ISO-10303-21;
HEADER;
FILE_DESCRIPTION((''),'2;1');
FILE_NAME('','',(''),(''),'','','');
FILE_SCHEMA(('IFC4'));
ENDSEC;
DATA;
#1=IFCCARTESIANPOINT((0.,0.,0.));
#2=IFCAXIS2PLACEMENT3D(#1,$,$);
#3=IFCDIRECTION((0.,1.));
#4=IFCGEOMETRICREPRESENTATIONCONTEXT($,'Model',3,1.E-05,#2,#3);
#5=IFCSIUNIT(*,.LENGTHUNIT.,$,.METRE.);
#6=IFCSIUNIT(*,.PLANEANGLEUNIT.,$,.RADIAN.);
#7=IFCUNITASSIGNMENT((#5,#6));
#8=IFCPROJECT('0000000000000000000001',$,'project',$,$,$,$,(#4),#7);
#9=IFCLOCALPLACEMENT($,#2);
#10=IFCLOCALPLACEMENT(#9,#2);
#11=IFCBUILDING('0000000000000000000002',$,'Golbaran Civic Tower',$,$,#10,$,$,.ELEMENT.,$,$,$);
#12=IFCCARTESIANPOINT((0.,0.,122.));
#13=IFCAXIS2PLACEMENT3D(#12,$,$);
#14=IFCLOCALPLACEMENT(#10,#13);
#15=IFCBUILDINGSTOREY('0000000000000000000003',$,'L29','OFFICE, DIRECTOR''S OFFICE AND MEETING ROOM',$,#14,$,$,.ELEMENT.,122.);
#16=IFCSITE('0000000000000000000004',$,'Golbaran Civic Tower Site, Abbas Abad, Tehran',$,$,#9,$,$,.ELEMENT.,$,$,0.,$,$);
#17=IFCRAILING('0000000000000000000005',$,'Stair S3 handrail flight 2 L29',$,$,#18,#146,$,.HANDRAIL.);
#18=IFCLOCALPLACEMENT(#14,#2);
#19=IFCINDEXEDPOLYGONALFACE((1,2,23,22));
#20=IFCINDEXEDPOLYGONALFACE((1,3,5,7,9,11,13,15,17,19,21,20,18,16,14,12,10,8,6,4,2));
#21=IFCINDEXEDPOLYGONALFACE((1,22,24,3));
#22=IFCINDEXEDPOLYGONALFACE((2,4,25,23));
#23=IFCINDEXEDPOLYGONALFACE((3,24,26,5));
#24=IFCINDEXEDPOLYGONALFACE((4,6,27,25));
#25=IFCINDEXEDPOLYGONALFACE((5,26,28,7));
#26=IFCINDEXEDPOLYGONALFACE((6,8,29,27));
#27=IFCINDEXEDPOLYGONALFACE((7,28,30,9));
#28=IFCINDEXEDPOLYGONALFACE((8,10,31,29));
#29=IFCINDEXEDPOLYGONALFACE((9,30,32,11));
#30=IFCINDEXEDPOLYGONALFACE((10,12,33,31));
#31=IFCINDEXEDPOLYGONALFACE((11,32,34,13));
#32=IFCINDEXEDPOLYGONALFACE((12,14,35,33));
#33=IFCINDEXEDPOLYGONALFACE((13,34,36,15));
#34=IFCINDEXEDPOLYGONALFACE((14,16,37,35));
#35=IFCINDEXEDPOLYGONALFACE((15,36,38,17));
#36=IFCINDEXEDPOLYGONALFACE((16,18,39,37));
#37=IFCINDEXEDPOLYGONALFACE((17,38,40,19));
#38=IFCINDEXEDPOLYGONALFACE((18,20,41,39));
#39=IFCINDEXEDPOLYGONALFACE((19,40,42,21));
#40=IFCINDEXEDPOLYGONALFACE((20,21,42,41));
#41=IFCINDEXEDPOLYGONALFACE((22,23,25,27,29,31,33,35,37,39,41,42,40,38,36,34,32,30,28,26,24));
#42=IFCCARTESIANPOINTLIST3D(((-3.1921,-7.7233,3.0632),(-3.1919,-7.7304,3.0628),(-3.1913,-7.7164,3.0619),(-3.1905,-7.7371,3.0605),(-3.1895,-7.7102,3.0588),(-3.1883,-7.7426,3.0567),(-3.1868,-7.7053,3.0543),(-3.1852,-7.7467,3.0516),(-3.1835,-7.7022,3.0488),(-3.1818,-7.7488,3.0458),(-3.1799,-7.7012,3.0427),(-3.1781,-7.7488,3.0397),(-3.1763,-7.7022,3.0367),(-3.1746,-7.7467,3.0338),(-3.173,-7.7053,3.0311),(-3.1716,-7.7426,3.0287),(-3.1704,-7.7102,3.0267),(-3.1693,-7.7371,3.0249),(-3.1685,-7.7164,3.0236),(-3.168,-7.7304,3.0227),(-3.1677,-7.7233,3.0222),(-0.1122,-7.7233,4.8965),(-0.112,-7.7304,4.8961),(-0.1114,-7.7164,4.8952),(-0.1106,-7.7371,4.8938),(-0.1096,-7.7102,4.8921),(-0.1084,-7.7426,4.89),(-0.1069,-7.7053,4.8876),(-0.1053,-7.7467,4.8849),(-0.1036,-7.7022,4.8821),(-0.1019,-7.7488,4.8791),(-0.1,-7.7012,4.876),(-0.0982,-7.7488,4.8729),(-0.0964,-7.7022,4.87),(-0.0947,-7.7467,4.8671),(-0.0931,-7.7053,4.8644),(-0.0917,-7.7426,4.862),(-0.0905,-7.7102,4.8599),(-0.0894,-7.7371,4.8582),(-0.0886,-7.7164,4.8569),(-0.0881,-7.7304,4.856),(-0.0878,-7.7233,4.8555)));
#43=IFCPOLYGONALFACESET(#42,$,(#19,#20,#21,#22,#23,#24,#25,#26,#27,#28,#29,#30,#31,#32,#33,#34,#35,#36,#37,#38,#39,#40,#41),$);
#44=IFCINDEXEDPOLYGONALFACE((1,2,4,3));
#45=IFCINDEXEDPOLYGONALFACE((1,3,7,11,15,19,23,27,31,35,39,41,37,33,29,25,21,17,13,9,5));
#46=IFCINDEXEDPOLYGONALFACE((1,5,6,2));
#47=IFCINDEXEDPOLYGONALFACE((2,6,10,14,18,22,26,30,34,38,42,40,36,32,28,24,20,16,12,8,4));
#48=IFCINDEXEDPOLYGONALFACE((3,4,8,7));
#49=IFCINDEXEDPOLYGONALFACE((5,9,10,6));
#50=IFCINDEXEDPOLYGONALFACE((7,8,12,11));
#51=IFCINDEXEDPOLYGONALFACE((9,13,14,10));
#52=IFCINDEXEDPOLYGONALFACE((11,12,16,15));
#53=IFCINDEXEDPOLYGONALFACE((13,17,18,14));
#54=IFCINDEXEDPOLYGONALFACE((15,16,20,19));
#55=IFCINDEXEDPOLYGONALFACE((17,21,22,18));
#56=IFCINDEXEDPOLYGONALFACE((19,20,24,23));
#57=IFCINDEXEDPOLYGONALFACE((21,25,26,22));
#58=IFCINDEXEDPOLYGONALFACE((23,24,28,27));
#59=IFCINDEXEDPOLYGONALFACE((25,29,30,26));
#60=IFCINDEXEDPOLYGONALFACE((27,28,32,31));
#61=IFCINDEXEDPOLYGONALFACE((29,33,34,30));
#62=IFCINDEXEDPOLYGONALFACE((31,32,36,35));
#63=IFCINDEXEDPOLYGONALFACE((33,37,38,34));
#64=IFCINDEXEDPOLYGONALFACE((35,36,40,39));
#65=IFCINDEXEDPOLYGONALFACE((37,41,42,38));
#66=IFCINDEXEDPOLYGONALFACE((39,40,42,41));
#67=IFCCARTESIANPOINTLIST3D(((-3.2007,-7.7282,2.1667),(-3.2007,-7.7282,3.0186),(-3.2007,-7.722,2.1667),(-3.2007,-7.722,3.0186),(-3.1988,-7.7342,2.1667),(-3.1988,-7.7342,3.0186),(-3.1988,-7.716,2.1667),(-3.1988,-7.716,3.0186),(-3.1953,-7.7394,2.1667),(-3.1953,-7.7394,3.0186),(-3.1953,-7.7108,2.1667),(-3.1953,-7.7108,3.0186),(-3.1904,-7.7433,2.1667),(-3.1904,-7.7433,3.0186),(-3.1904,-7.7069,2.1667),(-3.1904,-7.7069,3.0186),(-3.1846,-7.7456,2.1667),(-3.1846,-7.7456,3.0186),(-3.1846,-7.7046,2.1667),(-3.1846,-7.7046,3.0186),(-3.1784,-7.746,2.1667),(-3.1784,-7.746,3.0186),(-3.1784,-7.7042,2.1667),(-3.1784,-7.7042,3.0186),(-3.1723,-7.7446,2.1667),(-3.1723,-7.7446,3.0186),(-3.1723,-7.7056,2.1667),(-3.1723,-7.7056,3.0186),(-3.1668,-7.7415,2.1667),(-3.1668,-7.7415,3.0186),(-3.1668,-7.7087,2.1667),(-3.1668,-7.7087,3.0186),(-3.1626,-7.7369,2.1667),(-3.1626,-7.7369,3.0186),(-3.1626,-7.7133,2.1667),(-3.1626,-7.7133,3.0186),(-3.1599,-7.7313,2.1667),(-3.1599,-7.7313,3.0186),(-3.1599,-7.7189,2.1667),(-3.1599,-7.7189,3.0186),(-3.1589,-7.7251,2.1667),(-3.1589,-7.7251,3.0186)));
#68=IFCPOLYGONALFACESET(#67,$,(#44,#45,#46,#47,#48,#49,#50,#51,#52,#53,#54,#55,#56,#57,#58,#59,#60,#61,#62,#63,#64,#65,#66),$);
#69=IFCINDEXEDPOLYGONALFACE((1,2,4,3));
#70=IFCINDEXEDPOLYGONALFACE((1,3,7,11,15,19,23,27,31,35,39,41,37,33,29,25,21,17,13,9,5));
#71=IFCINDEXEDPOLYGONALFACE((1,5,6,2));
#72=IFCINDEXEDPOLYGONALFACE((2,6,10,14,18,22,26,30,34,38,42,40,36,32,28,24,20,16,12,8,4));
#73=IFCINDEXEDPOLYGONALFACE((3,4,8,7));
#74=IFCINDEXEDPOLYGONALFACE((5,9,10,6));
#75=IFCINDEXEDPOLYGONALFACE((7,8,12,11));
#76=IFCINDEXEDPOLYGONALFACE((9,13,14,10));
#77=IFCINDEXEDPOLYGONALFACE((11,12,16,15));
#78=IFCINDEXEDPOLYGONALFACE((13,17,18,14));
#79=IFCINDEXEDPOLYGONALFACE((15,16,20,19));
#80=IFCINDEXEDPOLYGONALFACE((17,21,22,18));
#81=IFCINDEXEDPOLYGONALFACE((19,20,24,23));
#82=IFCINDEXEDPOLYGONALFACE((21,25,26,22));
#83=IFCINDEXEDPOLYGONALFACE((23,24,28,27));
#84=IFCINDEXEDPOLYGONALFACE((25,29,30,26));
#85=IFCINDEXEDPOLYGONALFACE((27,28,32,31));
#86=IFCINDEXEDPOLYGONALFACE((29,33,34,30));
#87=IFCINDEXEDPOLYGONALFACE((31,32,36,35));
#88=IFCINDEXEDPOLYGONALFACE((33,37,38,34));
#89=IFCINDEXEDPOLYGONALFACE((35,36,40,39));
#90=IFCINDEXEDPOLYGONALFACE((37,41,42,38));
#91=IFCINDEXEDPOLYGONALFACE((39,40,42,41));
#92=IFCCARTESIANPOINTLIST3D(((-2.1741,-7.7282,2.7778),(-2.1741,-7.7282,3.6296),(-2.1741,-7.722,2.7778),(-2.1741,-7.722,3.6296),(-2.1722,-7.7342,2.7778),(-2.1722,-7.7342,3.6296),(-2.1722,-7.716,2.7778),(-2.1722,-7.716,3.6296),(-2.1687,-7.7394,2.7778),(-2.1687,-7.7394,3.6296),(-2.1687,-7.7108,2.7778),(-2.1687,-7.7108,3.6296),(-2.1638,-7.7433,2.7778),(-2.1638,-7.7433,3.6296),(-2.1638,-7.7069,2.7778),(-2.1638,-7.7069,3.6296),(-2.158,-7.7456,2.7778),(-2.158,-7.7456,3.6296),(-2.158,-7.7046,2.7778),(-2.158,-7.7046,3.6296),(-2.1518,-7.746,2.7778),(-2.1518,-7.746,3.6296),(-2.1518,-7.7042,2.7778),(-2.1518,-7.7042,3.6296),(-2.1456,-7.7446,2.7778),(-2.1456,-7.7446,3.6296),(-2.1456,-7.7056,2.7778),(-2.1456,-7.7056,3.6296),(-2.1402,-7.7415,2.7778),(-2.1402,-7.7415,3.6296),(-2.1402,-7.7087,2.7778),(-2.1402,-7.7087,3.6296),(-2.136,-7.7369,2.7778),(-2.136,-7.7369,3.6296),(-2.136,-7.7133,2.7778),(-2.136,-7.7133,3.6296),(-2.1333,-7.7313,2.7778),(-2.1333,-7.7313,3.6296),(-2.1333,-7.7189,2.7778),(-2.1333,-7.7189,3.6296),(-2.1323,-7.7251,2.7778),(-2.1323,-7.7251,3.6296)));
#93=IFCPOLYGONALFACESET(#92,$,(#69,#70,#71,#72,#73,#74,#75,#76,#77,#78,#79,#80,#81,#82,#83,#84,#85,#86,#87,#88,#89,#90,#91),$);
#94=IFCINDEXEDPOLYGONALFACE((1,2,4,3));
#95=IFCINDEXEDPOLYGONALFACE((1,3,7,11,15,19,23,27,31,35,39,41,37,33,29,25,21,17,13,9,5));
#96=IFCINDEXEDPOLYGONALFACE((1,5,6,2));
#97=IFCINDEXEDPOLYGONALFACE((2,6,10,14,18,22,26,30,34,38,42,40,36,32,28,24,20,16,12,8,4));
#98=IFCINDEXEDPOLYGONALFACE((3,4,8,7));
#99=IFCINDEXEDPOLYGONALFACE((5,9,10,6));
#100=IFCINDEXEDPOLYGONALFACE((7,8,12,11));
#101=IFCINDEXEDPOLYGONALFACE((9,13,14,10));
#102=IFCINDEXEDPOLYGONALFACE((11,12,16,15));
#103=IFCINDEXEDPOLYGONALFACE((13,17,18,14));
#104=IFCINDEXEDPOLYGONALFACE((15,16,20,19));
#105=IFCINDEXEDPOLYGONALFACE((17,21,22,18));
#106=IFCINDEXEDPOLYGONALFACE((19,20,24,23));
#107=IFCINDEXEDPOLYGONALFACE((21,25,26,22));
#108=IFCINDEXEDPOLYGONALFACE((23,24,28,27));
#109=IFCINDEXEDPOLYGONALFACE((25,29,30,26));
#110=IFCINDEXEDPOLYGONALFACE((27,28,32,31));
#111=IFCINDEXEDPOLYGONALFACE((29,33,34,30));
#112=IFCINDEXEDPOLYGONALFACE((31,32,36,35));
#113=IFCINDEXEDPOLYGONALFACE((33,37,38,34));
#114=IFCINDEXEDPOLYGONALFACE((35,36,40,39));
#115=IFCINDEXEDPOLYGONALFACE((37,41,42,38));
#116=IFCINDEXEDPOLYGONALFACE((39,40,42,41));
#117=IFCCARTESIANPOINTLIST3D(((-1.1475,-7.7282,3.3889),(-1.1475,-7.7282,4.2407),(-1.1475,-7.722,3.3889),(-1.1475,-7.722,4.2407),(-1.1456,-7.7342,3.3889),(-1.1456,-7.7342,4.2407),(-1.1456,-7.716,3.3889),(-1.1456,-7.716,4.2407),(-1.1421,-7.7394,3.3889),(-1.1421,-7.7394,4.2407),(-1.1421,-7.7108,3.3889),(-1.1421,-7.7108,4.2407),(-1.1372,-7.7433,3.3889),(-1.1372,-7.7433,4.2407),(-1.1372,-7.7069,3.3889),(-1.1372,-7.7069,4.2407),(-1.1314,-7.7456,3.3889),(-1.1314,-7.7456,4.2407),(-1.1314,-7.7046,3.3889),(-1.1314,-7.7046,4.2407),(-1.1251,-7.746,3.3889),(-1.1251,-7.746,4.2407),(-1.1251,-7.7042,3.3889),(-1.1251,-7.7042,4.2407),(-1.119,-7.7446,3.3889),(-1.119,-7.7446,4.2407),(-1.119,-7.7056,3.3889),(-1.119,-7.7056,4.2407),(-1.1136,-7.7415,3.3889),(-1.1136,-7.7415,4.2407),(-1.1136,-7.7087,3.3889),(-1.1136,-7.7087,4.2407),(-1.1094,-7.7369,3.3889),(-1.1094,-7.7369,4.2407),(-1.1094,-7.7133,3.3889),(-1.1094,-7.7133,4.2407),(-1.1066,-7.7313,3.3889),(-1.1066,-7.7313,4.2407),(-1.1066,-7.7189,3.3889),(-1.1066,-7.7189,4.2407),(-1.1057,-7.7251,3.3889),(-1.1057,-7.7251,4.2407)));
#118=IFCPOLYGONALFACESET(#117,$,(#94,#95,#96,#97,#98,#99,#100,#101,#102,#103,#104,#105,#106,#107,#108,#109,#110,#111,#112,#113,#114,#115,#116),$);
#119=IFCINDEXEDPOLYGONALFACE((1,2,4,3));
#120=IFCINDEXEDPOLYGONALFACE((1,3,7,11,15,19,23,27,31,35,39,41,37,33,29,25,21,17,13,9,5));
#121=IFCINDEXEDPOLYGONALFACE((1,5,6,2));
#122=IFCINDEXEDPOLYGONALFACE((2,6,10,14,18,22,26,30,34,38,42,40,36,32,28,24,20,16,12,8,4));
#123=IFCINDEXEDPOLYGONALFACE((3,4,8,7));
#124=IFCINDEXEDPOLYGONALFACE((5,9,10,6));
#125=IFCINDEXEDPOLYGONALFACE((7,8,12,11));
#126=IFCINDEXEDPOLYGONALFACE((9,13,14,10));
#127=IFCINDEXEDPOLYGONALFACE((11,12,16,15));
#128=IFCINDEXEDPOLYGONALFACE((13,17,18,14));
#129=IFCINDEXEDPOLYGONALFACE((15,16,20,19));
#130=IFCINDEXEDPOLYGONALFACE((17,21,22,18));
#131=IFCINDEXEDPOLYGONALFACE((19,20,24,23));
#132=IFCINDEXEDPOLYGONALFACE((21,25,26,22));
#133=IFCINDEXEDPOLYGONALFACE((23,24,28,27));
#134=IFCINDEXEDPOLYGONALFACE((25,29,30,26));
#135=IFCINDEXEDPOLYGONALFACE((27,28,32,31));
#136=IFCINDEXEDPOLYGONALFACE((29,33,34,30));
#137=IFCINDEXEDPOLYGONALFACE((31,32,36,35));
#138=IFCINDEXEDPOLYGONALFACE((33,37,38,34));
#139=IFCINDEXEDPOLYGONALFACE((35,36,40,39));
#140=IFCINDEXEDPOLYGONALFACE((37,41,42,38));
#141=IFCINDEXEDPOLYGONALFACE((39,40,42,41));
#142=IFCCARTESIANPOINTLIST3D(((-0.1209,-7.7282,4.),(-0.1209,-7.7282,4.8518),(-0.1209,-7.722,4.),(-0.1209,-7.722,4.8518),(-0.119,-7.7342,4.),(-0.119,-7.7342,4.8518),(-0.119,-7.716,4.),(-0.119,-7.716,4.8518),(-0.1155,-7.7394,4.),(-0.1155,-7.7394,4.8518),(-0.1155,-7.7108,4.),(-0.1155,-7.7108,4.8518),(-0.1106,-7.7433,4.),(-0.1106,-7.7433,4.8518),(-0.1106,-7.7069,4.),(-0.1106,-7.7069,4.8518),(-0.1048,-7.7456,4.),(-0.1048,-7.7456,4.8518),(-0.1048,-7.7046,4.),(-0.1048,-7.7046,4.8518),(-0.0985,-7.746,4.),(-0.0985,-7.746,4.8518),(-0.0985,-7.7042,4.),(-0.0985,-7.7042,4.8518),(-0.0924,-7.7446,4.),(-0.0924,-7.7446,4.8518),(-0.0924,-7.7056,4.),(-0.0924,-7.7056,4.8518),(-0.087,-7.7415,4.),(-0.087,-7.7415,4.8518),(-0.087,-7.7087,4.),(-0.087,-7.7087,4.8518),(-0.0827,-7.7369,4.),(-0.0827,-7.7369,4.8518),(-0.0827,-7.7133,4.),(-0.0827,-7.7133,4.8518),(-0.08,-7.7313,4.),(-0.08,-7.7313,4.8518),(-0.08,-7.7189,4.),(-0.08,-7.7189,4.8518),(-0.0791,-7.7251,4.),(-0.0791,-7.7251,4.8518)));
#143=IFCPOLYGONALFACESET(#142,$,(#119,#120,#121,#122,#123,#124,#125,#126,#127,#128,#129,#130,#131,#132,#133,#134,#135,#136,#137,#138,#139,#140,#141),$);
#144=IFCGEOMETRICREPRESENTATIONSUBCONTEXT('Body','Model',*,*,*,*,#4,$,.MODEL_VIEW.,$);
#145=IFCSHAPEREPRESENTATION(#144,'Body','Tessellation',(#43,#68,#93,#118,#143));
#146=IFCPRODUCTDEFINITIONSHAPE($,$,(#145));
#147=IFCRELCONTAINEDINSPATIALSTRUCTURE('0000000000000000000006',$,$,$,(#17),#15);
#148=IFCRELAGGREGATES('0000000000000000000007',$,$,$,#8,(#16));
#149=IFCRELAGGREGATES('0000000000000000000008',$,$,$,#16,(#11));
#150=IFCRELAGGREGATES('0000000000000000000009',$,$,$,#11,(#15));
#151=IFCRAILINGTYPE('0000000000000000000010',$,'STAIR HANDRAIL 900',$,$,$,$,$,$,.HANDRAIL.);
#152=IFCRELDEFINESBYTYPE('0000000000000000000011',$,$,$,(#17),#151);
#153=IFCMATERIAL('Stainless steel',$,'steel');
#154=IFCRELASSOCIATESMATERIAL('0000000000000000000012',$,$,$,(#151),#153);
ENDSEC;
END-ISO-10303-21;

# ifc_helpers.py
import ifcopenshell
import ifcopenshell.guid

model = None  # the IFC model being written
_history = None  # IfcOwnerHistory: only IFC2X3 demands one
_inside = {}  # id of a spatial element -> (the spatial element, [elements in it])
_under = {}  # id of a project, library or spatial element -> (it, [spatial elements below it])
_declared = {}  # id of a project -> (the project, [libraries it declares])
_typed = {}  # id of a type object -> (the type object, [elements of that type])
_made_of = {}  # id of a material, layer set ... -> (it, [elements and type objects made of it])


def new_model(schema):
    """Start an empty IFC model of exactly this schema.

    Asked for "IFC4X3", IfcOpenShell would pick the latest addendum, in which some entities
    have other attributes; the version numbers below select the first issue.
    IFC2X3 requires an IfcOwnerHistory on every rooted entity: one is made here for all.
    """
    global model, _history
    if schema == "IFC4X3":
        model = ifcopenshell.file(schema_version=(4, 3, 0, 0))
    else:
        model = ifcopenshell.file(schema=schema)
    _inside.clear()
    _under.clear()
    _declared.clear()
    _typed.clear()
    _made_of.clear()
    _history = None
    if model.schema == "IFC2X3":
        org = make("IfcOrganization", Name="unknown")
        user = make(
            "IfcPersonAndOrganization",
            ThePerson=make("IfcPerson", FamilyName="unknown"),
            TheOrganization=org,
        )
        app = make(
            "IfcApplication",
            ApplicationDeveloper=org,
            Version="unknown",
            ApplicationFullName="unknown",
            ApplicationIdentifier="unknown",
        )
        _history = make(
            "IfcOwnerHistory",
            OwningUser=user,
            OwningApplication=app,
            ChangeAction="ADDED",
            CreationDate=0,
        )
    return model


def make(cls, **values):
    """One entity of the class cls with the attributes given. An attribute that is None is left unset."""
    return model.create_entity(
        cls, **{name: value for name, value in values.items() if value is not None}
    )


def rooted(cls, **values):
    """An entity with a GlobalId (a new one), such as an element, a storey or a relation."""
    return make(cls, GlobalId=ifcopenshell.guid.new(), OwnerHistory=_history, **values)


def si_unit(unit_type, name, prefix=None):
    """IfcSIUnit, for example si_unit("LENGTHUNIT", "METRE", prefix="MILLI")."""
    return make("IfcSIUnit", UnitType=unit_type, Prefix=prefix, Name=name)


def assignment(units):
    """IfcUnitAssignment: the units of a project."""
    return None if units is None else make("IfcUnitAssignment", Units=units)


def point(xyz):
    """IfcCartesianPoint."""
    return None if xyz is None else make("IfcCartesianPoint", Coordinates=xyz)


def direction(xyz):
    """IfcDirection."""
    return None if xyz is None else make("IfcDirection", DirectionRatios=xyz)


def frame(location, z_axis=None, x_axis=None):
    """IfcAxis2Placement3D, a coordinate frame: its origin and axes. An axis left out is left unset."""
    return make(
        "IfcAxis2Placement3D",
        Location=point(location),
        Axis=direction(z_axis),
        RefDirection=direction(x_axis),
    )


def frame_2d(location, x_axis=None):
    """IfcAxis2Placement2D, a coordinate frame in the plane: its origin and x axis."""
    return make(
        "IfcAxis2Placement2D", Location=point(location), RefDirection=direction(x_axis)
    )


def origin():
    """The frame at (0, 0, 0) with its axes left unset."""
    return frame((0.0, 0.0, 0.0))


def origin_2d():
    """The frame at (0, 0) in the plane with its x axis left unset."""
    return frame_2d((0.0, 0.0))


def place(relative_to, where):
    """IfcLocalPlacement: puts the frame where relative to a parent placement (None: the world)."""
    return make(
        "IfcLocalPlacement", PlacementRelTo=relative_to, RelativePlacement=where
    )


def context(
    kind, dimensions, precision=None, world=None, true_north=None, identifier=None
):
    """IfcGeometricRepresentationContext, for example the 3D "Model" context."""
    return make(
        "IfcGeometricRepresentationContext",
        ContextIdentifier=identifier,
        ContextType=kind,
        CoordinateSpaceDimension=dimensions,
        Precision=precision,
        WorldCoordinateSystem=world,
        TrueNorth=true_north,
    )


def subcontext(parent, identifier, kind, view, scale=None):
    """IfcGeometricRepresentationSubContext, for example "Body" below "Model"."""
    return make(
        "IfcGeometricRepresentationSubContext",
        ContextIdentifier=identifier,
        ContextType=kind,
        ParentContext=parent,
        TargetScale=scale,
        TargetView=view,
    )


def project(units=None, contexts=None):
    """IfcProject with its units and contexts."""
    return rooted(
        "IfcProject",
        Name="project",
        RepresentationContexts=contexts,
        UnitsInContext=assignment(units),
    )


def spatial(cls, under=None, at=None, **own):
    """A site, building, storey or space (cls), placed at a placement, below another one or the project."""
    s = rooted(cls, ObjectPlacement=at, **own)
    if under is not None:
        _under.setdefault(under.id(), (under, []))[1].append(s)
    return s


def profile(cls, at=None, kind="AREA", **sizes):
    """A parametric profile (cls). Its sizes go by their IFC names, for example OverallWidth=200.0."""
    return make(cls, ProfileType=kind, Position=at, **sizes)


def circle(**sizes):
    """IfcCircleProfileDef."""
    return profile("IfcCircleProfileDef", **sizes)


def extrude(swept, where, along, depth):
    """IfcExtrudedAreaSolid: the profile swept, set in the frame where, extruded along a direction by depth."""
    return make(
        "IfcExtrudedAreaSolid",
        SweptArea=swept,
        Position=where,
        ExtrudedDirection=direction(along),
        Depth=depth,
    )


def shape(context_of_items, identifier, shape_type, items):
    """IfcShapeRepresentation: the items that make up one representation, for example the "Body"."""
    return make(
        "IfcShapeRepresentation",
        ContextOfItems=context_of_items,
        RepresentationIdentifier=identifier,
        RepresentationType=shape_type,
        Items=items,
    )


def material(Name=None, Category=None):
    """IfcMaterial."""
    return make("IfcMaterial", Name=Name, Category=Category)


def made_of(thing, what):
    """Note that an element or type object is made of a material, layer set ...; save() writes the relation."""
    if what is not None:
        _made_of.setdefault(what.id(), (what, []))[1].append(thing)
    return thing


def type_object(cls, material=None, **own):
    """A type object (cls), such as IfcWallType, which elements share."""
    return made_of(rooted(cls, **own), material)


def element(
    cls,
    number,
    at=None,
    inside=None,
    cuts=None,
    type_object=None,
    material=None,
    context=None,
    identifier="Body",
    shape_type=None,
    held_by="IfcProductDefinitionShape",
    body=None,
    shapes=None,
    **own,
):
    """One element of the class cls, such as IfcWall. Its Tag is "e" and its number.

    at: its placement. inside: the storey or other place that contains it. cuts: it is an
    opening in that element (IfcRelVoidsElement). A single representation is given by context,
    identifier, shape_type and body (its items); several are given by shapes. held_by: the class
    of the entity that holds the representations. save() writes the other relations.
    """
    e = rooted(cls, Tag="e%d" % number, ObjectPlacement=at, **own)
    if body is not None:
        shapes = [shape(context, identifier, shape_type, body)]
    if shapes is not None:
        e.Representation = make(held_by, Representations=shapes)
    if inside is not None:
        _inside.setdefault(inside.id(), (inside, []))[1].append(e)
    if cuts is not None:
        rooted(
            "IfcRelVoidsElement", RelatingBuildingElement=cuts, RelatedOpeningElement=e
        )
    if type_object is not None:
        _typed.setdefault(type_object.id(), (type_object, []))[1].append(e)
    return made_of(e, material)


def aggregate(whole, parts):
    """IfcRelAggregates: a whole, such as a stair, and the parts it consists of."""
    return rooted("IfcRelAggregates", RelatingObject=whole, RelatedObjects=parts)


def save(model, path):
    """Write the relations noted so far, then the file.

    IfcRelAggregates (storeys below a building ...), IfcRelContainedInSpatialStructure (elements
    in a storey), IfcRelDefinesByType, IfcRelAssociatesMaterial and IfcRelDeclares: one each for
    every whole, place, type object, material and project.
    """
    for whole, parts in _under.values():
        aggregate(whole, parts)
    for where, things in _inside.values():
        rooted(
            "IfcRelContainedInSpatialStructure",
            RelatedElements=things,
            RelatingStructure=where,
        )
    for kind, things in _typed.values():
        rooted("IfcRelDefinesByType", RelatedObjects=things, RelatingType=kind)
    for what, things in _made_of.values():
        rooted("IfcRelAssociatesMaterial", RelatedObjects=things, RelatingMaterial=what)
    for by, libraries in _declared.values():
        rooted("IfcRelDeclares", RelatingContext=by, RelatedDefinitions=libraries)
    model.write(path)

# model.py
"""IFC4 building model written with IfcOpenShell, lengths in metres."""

from ifc_helpers import new_model, si_unit, direction, frame, origin, origin_2d, place, context, subcontext, project, spatial, circle, extrude, material, type_object, element, save


model = new_model("IFC4")

# Units and contexts
model_context = context("Model", 3, precision=1e-05, world=origin(), true_north=direction((0.0, 1.0)))
body_context = subcontext(model_context, "Body", "Model", "MODEL_VIEW")
ifc_project = project(units=[si_unit("LENGTHUNIT", "METRE"), si_unit("PLANEANGLEUNIT", "RADIAN")], contexts=[model_context])

# Site, building, storey
site_placement = place(None, origin())
site = spatial("IfcSite", under=ifc_project, at=site_placement, Name="Golbaran Civic Tower Site, Abbas Abad, Tehran", CompositionType="ELEMENT", RefElevation=0.0)
building_placement = place(site_placement, origin())
building = spatial("IfcBuilding", under=site, at=building_placement, Name="Golbaran Civic Tower", CompositionType="ELEMENT")
storey_placement = place(building_placement, frame((0.0, 0.0, 122.0)))
storey = spatial("IfcBuildingStorey", under=building, at=storey_placement, Name="L29", Description="OFFICE, DIRECTOR'S OFFICE AND MEETING ROOM", CompositionType="ELEMENT", Elevation=122.0)

# Shared definitions
ifc_material_1 = material(Name="Stainless steel", Category="steel")

# Railing
railing_type = type_object("IfcRailingType", Name="STAIR HANDRAIL 900", PredefinedType="HANDRAIL", material=ifc_material_1)
railing_1_placement = place(storey_placement, frame((-3.1799, -7.7251, 2.1667)))
element("IfcRailing", 1, at=railing_1_placement, inside=storey, type_object=railing_type, Name="Stair S3 handrail flight 2 L29", PredefinedType="HANDRAIL", context=body_context, shape_type="SweptSolid", body=[
    extrude(circle(Radius=0.0239, at=origin_2d()), frame((0.0, 0.0, 0.876), z_axis=(0.859291, 0.0, 0.511487), x_axis=(0.0, 1.0, 0.0)), (0.0, 0.0, 1.0), 3.5842),
    extrude(circle(Radius=0.021, at=origin_2d()), origin(), (0.0, 0.0, 1.0), 0.8518),
    extrude(circle(Radius=0.021, at=origin_2d()), frame((1.0266, 0.0, 0.6111)), (0.0, 0.0, 1.0), 0.8518),
    extrude(circle(Radius=0.021, at=origin_2d()), frame((2.0532, 0.0, 1.2222)), (0.0, 0.0, 1.0), 0.8518),
    extrude(circle(Radius=0.021, at=origin_2d()), frame((3.0798, 0.0, 1.8333)), (0.0, 0.0, 1.0), 0.8518),
])

save(model, "model.ifc")
